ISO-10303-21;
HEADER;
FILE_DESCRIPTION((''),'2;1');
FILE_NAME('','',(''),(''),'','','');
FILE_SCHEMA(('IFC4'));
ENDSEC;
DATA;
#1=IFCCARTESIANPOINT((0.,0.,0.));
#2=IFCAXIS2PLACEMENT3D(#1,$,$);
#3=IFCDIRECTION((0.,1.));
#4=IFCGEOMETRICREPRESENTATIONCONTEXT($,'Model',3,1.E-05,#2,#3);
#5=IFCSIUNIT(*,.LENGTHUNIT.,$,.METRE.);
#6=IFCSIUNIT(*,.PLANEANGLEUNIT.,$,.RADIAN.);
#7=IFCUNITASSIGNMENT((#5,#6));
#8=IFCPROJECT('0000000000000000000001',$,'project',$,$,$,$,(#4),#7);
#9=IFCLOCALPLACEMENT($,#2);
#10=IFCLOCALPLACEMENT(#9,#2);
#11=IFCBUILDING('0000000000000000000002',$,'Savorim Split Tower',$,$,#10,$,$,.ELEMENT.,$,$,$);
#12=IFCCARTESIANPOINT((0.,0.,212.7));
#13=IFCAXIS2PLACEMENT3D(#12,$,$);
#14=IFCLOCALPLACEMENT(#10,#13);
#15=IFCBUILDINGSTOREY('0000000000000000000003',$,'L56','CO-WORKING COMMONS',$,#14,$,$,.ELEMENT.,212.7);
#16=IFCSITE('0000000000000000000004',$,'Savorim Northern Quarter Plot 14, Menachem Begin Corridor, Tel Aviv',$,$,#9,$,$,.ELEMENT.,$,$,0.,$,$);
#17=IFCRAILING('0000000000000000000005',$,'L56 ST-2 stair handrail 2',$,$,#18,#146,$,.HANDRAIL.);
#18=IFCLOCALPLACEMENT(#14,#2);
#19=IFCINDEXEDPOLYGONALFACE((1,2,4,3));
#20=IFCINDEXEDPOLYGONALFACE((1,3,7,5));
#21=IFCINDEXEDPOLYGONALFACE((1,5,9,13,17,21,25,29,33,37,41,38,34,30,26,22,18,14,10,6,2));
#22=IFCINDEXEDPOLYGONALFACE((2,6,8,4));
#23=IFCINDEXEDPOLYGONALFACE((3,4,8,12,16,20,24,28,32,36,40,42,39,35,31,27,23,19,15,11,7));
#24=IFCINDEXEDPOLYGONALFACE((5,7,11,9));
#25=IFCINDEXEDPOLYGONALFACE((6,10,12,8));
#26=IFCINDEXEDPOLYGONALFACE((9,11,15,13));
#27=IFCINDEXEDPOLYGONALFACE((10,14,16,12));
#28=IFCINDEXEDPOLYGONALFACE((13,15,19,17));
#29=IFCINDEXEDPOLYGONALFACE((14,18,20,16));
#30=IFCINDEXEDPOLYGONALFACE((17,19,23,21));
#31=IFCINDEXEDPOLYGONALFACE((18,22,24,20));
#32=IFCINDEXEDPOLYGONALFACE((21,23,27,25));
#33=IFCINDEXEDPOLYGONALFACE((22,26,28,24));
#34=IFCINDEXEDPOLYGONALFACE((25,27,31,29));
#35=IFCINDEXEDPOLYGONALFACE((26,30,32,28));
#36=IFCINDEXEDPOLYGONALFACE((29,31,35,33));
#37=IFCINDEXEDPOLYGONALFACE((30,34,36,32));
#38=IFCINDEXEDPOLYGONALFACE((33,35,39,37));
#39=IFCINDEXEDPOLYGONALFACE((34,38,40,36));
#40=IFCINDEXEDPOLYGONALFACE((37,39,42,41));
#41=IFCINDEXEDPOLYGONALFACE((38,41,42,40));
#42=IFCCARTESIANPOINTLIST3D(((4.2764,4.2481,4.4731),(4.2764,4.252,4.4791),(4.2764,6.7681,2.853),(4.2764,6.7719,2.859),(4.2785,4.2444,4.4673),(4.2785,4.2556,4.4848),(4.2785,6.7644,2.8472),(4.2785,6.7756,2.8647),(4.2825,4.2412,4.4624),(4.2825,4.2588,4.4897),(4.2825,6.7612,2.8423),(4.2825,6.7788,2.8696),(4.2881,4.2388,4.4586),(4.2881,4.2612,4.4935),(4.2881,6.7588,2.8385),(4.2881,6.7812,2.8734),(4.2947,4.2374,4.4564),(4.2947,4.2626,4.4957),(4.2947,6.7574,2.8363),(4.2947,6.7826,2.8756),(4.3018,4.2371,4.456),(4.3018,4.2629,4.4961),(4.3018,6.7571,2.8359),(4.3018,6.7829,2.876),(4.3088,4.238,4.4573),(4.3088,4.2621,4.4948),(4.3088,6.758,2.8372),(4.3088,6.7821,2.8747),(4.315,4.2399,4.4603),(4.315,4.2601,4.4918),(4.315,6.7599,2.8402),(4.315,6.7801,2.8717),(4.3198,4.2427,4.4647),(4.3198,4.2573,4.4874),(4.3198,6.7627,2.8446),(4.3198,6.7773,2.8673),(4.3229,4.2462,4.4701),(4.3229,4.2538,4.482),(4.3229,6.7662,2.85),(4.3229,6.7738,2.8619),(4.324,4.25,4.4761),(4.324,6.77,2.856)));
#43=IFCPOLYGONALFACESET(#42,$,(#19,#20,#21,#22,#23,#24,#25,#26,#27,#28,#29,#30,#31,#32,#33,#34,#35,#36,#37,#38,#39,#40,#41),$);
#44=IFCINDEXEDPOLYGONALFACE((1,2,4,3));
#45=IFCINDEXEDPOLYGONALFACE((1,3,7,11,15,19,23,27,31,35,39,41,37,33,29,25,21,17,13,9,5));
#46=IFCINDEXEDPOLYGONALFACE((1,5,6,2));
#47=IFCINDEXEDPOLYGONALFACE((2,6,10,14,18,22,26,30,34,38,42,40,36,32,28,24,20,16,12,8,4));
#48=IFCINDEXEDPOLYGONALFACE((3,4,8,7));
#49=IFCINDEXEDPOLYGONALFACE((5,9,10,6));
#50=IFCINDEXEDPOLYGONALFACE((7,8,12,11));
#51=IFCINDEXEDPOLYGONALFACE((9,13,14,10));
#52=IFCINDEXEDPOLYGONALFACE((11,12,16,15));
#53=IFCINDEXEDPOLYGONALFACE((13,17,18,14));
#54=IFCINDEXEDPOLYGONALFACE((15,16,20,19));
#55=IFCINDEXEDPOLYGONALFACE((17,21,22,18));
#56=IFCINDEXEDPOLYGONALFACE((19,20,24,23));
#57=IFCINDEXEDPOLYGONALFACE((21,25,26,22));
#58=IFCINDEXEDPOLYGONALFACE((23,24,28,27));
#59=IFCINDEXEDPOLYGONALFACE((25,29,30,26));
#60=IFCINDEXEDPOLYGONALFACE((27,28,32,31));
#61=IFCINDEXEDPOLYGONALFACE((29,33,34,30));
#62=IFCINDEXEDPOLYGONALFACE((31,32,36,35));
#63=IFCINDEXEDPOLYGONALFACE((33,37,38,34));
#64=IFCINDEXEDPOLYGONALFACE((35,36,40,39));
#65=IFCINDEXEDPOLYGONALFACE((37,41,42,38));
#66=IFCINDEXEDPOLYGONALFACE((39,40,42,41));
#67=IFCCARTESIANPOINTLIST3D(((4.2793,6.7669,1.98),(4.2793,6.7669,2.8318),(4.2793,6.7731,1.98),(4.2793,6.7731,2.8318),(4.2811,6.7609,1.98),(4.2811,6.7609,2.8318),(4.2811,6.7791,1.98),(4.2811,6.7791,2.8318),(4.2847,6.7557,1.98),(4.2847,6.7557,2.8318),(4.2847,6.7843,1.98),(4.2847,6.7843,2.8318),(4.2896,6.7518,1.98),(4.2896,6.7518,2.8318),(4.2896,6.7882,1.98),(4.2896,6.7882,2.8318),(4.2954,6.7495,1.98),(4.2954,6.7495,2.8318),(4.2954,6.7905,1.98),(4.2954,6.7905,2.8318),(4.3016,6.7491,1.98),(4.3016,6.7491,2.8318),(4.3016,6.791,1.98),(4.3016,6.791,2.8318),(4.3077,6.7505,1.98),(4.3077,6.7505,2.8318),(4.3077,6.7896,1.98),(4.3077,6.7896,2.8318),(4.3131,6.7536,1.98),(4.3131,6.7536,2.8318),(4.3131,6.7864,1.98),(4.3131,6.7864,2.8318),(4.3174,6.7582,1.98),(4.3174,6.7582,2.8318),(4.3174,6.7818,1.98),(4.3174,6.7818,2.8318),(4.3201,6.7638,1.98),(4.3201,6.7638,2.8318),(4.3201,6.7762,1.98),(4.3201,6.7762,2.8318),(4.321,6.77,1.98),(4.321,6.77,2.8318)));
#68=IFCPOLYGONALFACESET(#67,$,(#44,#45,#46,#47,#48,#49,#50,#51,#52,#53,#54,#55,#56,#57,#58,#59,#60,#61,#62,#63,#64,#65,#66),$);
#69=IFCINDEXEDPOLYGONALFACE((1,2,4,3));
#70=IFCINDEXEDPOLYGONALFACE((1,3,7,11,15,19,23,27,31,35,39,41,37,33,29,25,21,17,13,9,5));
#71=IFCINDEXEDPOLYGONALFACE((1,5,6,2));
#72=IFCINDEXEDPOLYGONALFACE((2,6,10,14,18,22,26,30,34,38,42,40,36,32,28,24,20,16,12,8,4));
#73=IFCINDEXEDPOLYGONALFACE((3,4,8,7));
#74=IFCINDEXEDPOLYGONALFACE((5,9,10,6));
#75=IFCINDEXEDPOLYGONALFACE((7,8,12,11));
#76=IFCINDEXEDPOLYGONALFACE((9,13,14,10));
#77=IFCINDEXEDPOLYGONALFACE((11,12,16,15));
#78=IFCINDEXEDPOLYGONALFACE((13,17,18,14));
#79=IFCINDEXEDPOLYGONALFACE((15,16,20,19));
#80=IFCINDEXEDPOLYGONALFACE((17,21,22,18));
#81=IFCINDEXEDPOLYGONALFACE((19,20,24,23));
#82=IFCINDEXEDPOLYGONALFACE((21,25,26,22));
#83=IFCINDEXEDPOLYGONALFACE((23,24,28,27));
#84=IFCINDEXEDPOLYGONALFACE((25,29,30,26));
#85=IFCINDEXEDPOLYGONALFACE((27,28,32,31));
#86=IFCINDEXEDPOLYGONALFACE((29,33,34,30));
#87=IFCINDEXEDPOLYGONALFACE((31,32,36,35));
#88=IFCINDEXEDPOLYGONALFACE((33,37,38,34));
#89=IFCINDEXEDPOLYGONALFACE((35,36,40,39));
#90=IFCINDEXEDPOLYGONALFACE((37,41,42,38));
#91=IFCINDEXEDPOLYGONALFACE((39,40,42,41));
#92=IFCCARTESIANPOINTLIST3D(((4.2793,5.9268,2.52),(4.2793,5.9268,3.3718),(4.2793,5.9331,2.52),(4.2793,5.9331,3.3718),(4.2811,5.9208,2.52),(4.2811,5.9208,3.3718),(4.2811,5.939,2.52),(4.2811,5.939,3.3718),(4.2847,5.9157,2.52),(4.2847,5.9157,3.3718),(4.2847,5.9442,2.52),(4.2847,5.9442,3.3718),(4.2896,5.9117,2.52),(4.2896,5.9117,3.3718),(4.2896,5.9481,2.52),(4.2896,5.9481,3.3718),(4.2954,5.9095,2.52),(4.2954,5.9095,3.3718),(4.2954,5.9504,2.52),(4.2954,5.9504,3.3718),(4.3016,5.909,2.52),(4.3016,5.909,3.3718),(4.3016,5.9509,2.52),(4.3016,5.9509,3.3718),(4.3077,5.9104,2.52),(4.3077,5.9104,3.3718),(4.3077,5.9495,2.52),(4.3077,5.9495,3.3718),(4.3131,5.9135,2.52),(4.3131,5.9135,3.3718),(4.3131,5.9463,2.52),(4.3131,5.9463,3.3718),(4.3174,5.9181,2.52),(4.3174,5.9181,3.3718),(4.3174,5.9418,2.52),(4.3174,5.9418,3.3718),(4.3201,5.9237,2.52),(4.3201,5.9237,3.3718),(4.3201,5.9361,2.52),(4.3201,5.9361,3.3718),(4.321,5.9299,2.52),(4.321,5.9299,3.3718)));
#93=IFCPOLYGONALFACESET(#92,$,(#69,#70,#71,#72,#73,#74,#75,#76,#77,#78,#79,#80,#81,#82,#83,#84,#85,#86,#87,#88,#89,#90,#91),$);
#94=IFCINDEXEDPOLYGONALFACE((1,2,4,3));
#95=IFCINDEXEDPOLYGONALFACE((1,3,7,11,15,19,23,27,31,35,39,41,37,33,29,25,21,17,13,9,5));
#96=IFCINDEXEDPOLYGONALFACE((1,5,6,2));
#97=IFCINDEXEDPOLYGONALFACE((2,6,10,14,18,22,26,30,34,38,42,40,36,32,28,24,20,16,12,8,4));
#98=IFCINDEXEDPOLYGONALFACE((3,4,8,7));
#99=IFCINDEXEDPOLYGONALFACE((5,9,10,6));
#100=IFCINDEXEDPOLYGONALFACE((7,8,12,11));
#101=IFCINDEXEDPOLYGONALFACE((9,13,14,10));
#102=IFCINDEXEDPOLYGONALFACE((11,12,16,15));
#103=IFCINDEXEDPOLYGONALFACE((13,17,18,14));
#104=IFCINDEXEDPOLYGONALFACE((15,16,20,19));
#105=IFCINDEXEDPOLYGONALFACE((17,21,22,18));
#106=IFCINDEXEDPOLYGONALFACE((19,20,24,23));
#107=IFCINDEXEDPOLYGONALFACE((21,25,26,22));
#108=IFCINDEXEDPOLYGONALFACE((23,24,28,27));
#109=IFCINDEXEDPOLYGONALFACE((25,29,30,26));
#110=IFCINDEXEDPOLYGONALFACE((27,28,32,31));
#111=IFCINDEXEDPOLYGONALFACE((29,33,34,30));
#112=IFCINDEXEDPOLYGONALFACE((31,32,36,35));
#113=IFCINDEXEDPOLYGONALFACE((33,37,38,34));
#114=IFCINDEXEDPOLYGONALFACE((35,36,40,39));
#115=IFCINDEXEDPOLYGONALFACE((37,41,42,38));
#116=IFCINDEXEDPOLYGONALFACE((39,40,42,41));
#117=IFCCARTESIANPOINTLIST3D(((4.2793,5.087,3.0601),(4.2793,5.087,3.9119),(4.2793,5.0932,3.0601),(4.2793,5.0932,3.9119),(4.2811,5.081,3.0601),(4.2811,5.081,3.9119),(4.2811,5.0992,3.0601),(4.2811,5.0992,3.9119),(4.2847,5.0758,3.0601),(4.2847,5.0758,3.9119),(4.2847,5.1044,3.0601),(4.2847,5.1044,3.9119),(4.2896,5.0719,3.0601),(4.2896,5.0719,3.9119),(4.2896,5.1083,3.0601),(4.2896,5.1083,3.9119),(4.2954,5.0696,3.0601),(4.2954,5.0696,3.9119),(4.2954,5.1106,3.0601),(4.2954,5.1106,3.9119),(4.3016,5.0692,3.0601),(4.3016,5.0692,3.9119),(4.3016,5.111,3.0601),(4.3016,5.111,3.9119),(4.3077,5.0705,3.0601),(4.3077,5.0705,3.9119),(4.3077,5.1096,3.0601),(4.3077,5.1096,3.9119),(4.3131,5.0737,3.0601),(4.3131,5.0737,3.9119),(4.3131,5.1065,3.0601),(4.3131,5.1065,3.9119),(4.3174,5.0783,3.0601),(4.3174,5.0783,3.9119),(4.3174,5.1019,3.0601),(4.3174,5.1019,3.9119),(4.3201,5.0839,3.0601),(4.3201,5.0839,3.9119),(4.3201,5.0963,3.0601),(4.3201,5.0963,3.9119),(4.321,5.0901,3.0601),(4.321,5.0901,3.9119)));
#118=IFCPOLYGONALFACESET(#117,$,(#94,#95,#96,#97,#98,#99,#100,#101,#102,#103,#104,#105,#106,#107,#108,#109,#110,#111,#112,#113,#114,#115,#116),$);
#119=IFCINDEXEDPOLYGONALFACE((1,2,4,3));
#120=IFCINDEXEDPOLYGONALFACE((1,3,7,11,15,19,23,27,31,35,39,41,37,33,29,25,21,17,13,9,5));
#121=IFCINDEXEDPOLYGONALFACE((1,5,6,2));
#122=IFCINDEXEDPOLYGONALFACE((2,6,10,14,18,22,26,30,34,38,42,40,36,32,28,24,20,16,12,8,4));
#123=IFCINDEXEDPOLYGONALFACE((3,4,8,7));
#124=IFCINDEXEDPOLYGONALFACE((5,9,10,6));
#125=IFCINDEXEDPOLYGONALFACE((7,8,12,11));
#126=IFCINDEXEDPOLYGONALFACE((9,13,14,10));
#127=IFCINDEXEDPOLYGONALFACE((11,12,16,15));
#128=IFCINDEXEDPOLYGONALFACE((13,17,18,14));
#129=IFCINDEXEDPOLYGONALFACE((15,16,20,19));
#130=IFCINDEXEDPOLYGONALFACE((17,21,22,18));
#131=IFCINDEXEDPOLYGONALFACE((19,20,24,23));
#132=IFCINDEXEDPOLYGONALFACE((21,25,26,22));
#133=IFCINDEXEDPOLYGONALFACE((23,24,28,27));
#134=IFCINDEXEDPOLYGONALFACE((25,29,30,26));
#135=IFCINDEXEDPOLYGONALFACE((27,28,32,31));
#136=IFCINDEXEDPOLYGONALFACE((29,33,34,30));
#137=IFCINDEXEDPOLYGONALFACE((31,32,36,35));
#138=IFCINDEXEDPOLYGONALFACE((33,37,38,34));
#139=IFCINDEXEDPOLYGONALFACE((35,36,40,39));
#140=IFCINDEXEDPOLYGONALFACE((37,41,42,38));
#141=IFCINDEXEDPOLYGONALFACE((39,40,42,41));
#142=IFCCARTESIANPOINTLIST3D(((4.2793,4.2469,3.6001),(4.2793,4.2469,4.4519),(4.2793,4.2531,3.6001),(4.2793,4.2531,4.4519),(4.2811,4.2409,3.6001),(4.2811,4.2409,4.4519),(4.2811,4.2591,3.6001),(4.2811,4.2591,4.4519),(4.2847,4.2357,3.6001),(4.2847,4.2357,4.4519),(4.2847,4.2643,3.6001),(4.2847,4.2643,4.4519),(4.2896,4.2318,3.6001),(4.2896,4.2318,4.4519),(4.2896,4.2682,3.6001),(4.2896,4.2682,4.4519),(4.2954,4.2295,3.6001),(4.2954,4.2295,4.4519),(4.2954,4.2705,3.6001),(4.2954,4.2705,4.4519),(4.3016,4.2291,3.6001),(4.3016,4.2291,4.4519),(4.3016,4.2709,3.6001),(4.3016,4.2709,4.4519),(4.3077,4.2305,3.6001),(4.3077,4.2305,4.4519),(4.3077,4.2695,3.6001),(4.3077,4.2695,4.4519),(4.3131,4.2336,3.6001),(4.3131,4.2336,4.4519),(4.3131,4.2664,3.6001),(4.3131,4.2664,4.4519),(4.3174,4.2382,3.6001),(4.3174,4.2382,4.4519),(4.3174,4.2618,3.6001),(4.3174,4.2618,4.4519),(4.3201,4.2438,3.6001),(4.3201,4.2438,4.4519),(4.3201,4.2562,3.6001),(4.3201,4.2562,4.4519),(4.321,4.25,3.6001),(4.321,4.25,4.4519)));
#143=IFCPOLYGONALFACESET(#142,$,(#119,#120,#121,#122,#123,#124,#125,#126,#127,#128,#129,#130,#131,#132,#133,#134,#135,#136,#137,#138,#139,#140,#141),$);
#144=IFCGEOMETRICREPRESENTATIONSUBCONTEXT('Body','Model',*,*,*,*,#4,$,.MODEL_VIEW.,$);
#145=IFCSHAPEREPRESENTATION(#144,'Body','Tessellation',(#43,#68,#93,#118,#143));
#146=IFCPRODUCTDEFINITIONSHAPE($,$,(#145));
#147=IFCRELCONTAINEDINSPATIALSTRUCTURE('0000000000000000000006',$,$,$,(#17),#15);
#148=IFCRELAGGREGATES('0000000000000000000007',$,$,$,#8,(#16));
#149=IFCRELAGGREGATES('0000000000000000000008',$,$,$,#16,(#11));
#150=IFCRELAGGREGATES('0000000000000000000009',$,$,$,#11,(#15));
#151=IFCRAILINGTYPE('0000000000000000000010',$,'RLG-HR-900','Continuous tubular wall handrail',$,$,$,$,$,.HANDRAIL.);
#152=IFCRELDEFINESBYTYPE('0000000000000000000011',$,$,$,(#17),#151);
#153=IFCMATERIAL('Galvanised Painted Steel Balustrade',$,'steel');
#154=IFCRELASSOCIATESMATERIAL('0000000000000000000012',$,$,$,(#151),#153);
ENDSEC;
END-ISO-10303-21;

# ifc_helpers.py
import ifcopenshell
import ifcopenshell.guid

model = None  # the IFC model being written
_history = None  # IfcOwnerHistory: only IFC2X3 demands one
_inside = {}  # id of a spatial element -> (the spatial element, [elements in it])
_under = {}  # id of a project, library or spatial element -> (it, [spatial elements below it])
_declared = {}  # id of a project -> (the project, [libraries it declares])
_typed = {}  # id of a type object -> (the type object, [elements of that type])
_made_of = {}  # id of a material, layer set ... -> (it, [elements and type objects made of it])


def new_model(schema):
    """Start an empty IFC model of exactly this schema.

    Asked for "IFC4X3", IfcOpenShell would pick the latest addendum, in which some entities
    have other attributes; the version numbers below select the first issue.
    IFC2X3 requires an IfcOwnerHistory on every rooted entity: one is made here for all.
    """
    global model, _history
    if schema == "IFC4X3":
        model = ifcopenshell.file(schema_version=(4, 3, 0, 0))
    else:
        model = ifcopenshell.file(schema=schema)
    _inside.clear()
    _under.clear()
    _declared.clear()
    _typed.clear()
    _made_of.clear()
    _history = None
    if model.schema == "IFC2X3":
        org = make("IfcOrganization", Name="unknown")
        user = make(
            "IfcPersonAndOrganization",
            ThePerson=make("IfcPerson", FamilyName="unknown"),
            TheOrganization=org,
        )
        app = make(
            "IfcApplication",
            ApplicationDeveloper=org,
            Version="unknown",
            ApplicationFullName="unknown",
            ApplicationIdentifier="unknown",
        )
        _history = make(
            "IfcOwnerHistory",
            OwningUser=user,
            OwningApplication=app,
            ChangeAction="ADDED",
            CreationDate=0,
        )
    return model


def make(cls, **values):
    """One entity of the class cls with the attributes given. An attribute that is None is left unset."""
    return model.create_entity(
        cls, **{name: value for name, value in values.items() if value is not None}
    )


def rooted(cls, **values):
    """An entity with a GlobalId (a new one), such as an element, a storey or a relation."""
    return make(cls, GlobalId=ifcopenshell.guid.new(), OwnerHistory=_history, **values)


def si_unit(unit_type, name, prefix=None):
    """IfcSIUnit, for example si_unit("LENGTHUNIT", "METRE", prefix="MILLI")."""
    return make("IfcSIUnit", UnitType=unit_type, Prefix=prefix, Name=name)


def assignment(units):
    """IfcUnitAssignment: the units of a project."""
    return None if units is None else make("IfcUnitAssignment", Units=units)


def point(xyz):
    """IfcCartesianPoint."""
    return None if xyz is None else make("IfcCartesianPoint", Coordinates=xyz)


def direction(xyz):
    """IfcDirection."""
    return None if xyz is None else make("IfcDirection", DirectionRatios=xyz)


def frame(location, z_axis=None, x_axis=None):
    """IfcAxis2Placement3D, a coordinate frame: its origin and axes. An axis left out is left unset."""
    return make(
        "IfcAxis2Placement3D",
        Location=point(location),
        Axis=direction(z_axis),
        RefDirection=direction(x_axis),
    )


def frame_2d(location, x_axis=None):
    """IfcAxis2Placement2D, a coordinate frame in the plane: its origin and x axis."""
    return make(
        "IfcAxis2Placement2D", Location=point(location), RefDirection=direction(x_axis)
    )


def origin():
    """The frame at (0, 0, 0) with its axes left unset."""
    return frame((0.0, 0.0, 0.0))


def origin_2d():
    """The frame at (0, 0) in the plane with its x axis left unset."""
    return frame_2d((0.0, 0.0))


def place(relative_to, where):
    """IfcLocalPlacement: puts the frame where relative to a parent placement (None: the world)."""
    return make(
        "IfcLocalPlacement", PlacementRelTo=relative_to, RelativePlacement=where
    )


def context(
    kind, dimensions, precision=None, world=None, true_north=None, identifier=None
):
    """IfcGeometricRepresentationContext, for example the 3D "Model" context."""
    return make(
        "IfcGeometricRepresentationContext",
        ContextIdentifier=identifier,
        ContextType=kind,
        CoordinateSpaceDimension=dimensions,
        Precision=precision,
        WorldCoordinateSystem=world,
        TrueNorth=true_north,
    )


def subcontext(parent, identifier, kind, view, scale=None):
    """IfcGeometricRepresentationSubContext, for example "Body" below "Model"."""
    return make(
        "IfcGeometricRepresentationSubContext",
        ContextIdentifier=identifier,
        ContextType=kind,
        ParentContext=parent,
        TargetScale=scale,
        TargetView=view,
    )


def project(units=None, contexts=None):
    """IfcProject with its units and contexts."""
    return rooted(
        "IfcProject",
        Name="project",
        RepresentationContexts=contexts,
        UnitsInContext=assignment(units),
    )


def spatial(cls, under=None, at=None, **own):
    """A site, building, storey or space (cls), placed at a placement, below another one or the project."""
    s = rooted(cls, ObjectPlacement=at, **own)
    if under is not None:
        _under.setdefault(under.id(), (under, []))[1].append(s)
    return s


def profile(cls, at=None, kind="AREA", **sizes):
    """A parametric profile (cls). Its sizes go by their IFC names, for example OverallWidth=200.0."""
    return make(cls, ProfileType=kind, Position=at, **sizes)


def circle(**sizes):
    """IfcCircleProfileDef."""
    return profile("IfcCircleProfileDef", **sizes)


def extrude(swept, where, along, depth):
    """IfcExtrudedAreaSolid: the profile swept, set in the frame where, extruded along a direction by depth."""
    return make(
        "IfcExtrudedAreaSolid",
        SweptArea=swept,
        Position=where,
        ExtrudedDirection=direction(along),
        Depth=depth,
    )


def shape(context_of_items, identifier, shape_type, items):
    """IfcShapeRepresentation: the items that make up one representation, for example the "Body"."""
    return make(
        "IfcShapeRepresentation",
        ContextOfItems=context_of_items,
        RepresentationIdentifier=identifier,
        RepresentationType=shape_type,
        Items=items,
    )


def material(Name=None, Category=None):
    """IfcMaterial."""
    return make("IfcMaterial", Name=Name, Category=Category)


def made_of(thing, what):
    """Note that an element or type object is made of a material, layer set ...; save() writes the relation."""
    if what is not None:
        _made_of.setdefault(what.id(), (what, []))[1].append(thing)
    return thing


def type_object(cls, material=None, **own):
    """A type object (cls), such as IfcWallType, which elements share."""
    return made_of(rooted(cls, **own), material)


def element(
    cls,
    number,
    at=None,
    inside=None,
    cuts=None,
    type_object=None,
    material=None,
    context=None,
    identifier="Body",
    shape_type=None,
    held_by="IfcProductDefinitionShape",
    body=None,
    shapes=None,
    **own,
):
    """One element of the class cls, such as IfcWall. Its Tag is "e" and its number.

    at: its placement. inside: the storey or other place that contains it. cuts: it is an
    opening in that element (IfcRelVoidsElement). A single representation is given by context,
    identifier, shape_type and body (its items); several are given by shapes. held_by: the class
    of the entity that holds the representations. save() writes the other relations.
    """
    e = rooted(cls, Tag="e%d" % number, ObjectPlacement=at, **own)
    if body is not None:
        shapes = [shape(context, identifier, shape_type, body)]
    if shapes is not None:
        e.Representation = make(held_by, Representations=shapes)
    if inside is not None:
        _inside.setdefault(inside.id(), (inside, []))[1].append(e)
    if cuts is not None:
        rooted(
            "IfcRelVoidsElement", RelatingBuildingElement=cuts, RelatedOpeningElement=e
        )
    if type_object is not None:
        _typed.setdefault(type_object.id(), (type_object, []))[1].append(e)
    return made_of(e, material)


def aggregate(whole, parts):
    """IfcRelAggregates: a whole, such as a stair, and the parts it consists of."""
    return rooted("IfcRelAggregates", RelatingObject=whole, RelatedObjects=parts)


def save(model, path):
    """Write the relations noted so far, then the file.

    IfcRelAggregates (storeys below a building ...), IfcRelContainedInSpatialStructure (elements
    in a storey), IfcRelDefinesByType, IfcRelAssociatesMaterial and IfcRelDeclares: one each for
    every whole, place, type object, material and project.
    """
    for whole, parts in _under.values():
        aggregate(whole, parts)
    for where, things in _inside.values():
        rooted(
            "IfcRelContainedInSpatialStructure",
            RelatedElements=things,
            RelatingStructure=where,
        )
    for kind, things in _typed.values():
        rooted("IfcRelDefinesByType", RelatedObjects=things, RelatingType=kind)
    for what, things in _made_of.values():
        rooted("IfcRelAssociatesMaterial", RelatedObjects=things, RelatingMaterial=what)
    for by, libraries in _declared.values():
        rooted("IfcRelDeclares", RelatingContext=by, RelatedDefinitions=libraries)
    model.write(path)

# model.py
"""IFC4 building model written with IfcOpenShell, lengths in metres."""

from ifc_helpers import new_model, si_unit, direction, frame, origin, origin_2d, place, context, subcontext, project, spatial, circle, extrude, material, type_object, element, save


model = new_model("IFC4")

# Units and contexts
model_context = context("Model", 3, precision=1e-05, world=origin(), true_north=direction((0.0, 1.0)))
body_context = subcontext(model_context, "Body", "Model", "MODEL_VIEW")
ifc_project = project(units=[si_unit("LENGTHUNIT", "METRE"), si_unit("PLANEANGLEUNIT", "RADIAN")], contexts=[model_context])

# Site, building, storey
site_placement = place(None, origin())
site = spatial("IfcSite", under=ifc_project, at=site_placement, Name="Savorim Northern Quarter Plot 14, Menachem Begin Corridor, Tel Aviv", CompositionType="ELEMENT", RefElevation=0.0)
building_placement = place(site_placement, origin())
building = spatial("IfcBuilding", under=site, at=building_placement, Name="Savorim Split Tower", CompositionType="ELEMENT")
storey_placement = place(building_placement, frame((0.0, 0.0, 212.7)))
storey = spatial("IfcBuildingStorey", under=building, at=storey_placement, Name="L56", Description="CO-WORKING COMMONS", CompositionType="ELEMENT", Elevation=212.7)

# Railing
ifc_material_1 = material(Name="Galvanised Painted Steel Balustrade", Category="steel")
railing_type_1 = type_object("IfcRailingType", Name="RLG-HR-900", Description="Continuous tubular wall handrail", PredefinedType="HANDRAIL", material=ifc_material_1)
railing_1_placement = place(storey_placement, frame((4.3, 6.77, 1.98)))
element("IfcRailing", 1, at=railing_1_placement, inside=storey, type_object=railing_type_1, Name="L56 ST-2 stair handrail 2", PredefinedType="HANDRAIL", context=body_context, shape_type="SweptSolid", body=[
    extrude(circle(Radius=0.0239, at=origin_2d()), frame((0.0, 0.0, 0.876), z_axis=(0.0, -0.841163, 0.540782), x_axis=(1.0, 0.0, 0.0)), (0.0, 0.0, 1.0), 2.9958),
    extrude(circle(Radius=0.021, at=origin_2d()), origin(), (0.0, 0.0, 1.0), 0.8518),
    extrude(circle(Radius=0.021, at=origin_2d()), frame((0.0, -0.8401, 0.54)), (0.0, 0.0, 1.0), 0.8518),
    extrude(circle(Radius=0.021, at=origin_2d()), frame((0.0, -1.6799, 1.0801)), (0.0, 0.0, 1.0), 0.8518),
    extrude(circle(Radius=0.021, at=origin_2d()), frame((0.0, -2.52, 1.6201)), (0.0, 0.0, 1.0), 0.8518),
])

save(model, "model.ifc")
